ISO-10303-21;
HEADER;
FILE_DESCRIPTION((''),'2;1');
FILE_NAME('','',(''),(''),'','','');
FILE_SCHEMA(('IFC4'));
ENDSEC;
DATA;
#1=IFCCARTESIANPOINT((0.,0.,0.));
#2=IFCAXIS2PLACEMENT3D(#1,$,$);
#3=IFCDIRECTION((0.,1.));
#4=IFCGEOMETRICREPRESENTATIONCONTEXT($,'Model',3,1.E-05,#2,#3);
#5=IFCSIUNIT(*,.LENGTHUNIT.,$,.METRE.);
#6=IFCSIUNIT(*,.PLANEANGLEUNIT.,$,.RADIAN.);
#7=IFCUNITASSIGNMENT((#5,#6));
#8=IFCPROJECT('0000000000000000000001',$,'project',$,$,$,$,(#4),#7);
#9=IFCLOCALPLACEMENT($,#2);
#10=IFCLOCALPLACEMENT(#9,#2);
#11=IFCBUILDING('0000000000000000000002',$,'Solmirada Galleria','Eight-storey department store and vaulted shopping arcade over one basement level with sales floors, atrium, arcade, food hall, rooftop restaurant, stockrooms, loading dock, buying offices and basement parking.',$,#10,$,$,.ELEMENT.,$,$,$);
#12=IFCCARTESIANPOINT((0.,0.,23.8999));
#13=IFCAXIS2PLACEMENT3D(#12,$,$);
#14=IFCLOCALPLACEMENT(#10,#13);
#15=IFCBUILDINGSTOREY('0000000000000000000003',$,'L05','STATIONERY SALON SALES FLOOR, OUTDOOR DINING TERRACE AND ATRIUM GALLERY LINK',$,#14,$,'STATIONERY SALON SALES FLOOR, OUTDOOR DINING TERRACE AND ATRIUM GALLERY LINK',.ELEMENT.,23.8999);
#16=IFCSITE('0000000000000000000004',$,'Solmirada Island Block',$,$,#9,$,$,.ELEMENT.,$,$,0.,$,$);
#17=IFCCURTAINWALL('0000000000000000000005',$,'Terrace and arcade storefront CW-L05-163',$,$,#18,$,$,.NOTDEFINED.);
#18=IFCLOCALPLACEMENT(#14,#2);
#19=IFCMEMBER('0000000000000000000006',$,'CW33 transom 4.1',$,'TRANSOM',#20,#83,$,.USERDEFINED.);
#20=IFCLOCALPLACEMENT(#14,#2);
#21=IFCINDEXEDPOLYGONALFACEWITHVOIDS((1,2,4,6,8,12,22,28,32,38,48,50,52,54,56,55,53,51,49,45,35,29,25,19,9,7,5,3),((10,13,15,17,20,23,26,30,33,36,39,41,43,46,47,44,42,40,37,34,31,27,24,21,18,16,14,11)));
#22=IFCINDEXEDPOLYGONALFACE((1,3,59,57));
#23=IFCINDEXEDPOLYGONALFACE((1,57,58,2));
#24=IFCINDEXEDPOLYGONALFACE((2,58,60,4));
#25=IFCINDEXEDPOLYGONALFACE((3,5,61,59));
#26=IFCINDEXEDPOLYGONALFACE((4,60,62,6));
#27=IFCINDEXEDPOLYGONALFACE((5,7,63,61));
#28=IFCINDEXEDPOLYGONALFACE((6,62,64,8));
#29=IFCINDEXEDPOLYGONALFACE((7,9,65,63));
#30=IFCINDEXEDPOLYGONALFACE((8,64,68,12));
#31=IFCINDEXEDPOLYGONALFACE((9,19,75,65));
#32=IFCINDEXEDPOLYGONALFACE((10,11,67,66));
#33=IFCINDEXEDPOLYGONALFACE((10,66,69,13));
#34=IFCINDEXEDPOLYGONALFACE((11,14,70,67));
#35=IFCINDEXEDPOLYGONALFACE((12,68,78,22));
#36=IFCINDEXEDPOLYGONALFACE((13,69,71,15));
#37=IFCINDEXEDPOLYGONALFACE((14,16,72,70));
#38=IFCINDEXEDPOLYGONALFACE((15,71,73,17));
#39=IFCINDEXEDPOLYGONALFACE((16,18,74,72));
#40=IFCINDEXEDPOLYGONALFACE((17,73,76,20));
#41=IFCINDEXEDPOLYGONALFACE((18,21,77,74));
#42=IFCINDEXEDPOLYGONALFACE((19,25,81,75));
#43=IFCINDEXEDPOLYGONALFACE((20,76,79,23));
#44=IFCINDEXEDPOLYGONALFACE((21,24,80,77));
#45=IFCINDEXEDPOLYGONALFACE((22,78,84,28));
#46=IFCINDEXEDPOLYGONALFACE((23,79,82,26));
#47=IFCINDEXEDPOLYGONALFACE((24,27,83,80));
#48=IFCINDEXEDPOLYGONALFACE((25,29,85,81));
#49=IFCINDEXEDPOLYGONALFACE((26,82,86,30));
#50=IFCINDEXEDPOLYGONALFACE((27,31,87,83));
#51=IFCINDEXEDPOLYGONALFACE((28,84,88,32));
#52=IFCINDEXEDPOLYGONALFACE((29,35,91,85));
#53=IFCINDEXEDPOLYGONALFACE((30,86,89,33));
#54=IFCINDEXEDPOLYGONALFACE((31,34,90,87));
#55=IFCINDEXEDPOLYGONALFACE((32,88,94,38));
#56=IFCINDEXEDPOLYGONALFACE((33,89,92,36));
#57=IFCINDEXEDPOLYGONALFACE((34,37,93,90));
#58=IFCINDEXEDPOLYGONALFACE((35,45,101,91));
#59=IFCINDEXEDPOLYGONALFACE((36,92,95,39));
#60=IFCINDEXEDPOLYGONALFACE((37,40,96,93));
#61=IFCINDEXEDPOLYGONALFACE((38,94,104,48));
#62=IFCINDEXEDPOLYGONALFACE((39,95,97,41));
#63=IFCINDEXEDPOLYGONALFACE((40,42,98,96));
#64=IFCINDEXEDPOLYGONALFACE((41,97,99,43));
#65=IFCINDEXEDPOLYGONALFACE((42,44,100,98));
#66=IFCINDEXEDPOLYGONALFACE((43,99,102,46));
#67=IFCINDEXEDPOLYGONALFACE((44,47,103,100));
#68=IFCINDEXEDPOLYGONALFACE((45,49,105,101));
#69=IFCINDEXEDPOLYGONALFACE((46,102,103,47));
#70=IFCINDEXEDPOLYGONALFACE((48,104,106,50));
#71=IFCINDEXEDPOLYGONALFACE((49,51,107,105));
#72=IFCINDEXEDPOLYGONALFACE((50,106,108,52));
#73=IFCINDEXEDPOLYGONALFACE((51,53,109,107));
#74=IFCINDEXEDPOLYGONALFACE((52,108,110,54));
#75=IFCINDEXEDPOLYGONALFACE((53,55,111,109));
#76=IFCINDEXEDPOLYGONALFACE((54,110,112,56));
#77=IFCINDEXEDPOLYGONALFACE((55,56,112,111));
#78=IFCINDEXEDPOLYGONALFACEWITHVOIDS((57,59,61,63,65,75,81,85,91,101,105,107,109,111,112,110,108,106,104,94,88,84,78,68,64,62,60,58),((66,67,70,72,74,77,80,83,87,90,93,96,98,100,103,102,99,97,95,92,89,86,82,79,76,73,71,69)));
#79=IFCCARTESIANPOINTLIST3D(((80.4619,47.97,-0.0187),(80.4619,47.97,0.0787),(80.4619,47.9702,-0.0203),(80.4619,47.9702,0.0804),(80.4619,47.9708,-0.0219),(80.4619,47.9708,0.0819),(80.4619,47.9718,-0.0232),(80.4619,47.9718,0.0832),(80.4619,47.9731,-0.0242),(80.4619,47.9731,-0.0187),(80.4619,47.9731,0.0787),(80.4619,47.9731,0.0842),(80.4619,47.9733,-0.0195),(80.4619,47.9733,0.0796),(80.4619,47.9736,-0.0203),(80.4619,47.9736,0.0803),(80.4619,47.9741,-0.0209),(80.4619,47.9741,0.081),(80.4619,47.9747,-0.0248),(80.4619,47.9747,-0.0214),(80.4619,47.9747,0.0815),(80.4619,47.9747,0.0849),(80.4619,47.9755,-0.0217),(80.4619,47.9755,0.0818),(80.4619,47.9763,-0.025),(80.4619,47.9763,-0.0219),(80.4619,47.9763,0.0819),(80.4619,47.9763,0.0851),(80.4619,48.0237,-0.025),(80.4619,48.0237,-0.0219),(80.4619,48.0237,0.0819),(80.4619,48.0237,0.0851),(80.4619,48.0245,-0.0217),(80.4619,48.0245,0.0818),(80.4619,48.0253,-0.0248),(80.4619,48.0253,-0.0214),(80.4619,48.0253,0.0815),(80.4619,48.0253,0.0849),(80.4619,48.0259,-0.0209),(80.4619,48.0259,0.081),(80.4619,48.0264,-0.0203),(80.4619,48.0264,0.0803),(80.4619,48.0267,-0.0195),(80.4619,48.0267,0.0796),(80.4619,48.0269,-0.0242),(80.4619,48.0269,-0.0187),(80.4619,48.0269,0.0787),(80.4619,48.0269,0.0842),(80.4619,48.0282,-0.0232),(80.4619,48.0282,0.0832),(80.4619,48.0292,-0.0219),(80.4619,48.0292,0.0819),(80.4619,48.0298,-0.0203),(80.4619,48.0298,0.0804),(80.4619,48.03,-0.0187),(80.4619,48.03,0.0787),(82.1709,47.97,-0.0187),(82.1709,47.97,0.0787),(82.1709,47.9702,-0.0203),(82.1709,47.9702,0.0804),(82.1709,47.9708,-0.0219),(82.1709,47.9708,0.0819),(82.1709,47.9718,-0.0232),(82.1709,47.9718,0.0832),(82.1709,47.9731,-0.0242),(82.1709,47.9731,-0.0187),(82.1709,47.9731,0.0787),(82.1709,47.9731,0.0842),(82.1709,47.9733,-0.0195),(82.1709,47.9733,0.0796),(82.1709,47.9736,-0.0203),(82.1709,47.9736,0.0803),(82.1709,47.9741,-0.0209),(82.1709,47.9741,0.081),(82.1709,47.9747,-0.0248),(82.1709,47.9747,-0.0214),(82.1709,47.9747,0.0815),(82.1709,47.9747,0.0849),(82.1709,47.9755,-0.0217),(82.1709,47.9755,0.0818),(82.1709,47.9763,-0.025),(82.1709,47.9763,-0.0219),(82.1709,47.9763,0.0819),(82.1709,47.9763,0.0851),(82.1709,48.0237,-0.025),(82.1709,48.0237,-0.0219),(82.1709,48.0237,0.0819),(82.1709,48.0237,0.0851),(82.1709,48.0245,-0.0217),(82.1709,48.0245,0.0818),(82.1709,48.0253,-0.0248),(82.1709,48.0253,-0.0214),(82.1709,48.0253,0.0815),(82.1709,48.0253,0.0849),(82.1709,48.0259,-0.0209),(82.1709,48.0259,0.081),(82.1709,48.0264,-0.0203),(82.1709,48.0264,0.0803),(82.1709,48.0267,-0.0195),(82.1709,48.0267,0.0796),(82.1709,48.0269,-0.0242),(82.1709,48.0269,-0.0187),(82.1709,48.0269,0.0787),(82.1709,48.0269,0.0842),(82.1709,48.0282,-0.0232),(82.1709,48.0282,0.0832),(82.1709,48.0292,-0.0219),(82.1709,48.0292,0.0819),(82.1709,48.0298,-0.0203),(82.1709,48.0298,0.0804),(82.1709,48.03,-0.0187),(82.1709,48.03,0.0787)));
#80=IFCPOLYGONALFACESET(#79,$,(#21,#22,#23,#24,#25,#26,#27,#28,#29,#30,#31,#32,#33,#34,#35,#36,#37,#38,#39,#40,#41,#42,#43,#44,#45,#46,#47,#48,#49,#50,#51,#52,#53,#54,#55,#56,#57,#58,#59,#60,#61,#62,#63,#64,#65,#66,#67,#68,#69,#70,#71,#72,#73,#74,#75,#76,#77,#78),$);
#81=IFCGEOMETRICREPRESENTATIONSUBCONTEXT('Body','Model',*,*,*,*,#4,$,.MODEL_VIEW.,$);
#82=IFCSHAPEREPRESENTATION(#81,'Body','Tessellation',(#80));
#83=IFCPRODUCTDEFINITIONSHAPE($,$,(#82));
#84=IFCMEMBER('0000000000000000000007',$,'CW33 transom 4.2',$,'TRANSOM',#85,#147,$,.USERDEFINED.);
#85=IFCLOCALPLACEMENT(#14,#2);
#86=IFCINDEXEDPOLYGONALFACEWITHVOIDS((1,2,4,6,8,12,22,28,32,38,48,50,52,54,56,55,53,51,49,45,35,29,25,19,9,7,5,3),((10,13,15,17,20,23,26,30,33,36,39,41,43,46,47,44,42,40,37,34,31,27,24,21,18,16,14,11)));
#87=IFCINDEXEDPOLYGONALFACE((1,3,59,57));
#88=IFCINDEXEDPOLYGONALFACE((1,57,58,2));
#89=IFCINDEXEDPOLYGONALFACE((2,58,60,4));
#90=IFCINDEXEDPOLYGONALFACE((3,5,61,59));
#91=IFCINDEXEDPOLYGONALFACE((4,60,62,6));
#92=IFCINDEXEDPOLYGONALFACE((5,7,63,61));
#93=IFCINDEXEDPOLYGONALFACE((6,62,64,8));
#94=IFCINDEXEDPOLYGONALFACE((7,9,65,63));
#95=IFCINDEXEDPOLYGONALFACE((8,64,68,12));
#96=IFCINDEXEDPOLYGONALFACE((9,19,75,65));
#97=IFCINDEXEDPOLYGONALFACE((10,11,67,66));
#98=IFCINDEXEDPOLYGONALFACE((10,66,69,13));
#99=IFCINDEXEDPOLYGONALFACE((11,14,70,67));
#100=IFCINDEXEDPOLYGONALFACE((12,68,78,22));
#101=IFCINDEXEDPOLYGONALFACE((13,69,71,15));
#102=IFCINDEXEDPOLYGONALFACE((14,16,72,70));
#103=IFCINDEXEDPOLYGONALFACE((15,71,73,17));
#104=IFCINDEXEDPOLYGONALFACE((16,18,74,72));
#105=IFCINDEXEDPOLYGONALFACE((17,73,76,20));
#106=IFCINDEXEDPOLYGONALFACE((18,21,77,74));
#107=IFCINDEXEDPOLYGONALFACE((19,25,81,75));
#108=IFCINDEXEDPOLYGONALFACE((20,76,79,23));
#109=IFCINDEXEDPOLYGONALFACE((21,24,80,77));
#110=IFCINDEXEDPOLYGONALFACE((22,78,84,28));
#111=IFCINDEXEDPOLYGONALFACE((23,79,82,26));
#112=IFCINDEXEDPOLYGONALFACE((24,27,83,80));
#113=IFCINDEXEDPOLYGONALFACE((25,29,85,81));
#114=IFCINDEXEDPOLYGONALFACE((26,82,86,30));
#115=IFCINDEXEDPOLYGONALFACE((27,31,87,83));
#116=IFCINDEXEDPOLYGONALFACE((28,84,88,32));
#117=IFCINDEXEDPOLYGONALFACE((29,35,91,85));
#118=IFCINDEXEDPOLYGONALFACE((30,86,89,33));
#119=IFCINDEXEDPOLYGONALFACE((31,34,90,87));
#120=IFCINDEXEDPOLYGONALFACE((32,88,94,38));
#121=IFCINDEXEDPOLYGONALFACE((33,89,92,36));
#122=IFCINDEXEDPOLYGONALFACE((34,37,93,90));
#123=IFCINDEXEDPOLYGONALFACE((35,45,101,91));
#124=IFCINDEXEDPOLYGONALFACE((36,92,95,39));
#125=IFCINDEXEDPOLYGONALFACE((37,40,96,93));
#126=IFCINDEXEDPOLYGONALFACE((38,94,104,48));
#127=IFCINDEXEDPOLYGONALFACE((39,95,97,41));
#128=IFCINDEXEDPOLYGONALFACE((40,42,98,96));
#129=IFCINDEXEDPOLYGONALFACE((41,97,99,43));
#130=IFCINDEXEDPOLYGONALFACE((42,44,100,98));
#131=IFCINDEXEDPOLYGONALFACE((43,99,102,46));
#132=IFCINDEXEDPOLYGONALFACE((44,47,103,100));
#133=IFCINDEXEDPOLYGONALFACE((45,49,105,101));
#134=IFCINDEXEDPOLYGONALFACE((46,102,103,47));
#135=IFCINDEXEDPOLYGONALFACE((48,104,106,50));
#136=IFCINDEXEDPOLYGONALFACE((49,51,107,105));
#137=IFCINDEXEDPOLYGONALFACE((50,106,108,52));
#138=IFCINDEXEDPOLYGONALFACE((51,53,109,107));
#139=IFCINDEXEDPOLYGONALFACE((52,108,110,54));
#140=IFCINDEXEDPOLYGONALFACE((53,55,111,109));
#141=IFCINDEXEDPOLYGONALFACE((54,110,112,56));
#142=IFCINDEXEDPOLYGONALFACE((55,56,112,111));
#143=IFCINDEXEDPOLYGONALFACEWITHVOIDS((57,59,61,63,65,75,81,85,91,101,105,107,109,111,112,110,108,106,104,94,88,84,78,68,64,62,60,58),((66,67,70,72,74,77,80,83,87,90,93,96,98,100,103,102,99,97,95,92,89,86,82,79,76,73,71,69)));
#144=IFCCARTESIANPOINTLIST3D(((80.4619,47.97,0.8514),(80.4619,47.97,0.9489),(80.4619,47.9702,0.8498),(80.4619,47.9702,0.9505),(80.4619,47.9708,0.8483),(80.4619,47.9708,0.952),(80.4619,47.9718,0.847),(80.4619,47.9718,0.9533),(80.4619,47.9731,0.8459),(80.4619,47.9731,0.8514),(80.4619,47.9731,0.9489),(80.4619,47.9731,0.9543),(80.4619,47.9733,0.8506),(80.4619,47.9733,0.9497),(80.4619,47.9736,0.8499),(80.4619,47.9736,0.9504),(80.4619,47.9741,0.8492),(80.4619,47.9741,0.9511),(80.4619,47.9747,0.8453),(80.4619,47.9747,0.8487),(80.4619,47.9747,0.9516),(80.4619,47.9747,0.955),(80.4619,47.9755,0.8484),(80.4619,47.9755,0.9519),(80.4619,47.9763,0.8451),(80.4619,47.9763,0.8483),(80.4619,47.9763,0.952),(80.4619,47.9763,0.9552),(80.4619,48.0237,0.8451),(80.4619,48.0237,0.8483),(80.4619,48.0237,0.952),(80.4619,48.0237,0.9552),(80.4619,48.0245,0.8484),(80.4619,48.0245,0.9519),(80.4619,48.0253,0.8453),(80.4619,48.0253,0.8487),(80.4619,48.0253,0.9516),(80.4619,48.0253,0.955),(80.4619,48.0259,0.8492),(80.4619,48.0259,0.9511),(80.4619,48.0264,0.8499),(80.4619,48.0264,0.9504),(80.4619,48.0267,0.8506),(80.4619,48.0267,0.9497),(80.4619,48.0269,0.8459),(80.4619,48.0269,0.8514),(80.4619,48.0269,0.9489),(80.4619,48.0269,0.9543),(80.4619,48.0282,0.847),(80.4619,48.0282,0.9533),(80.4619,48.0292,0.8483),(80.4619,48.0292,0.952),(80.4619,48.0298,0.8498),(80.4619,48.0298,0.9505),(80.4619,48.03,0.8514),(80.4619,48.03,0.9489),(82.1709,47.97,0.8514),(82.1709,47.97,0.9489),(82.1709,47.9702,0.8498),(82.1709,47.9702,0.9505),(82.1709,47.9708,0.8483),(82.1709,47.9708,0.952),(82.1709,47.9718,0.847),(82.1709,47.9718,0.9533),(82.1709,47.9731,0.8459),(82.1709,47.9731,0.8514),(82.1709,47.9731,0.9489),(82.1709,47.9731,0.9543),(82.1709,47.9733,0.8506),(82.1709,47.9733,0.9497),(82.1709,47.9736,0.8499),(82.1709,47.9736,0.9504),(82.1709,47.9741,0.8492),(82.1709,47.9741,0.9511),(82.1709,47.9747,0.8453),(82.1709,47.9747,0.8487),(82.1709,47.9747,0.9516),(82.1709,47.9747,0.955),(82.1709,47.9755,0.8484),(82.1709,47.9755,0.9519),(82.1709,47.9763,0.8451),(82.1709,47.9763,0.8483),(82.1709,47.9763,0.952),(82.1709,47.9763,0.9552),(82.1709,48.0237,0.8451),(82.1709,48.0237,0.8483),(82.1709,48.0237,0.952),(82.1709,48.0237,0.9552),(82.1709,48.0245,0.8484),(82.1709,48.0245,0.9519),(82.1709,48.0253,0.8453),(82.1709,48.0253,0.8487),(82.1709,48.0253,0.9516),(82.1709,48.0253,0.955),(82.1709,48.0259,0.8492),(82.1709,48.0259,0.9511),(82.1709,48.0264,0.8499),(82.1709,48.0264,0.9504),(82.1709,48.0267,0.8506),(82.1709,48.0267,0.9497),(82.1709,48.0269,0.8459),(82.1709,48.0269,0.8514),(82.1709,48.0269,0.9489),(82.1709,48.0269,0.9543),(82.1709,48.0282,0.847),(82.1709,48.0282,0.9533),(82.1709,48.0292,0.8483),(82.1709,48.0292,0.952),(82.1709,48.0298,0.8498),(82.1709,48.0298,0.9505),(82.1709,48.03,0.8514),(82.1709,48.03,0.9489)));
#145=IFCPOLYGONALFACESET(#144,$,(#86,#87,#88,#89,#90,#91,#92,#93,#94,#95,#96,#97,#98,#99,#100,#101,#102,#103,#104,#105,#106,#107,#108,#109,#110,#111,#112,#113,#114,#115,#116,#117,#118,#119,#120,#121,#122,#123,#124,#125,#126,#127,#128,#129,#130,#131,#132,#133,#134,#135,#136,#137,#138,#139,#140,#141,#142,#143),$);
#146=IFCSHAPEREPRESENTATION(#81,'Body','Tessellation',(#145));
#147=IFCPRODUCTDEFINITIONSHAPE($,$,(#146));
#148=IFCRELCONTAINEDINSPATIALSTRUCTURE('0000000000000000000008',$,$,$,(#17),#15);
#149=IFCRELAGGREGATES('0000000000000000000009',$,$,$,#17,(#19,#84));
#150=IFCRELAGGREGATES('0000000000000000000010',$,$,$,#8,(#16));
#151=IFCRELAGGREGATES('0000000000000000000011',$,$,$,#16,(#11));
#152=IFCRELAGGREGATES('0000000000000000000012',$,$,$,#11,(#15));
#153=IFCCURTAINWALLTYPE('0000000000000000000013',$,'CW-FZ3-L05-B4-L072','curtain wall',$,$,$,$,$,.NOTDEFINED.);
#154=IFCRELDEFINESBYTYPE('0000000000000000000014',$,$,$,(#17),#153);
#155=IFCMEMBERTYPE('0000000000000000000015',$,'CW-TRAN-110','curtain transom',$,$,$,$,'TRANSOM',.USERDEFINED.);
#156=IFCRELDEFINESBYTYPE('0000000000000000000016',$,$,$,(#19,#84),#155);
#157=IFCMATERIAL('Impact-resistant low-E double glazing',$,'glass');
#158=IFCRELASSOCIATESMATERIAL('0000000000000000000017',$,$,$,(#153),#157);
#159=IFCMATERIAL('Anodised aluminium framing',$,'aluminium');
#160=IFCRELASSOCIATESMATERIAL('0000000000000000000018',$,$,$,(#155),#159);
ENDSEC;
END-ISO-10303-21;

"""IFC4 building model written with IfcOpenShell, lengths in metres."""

from ifc_helpers import new_model, si_unit, direction, frame, origin, origin_2d, place, context, subcontext, project, spatial, hollow_rectangle, extrude, material, material_profile, profile_set, type_object, element, aggregate, save


model = new_model("IFC4")

# Units and contexts
model_context = context("Model", 3, precision=1e-05, world=origin(), true_north=direction((0.0, 1.0)))
body_context = subcontext(model_context, "Body", "Model", "MODEL_VIEW")
ifc_project = project(units=[si_unit("LENGTHUNIT", "METRE"), si_unit("PLANEANGLEUNIT", "RADIAN")], contexts=[model_context])

# Site, building, storey
site_placement = place(None, origin())
site = spatial("IfcSite", under=ifc_project, at=site_placement, Name="Solmirada Island Block", CompositionType="ELEMENT", RefElevation=0.0)
building_placement = place(site_placement, origin())
building = spatial("IfcBuilding", under=site, at=building_placement, Name="Solmirada Galleria", Description="Eight-storey department store and vaulted shopping arcade over one basement level with sales floors, atrium, arcade, food hall, rooftop restaurant, stockrooms, loading dock, buying offices and basement parking.", CompositionType="ELEMENT")
storey_placement = place(building_placement, frame((0.0, 0.0, 23.8999)))
storey = spatial("IfcBuildingStorey", under=building, at=storey_placement, Name="L05", Description="STATIONERY SALON SALES FLOOR, OUTDOOR DINING TERRACE AND ATRIUM GALLERY LINK", LongName="STATIONERY SALON SALES FLOOR, OUTDOOR DINING TERRACE AND ATRIUM GALLERY LINK", CompositionType="ELEMENT", Elevation=23.8999)

# Curtain wall, members
ifc_material_1 = material(Name="Impact-resistant low-E double glazing", Category="glass")
curtain_wall_type = type_object("IfcCurtainWallType", Name="CW-FZ3-L05-B4-L072", Description="curtain wall", PredefinedType="NOTDEFINED", material=ifc_material_1)
curtain_wall_placement = place(storey_placement, origin())
curtain_wall = element("IfcCurtainWall", 1, at=curtain_wall_placement, inside=storey, type_object=curtain_wall_type, Name="Terrace and arcade storefront CW-L05-163", PredefinedType="NOTDEFINED")
ifc_material_2 = material(Name="Anodised aluminium framing", Category="aluminium")
ifc_material_profile_1 = material_profile(ifc_material_2, hollow_rectangle(XDim=0.0601, YDim=0.1101, WallThickness=0.0032, InnerFilletRadius=0.0032, OuterFilletRadius=0.0063, at=origin_2d()), Name="ALU-TRAN-110X60")
ifc_profile_set_1 = profile_set([ifc_material_profile_1], Name="Anodised aluminium framing")
member_type_1 = type_object("IfcMemberType", Name="CW-TRAN-110", Description="curtain transom", ElementType="TRANSOM", PredefinedType="USERDEFINED", material=ifc_profile_set_1)
member_1_placement = place(storey_placement, frame((82.1709, 48.0, 0.03), z_axis=(-1.0, 0.0, 0.0), x_axis=(0.0, -1.0, 0.0)))
member_1 = element("IfcMember", 2, at=member_1_placement, type_object=member_type_1, Name="CW33 transom 4.1", ObjectType="TRANSOM", PredefinedType="USERDEFINED", context=body_context, shape_type="SweptSolid", body=[
    extrude(hollow_rectangle(XDim=0.0601, YDim=0.1101, WallThickness=0.0032, InnerFilletRadius=0.0032, OuterFilletRadius=0.0063, at=origin_2d()), origin(), (0.0, 0.0, 1.0), 1.709),
])
member_2_placement = place(storey_placement, frame((82.1709, 48.0, 0.9001), z_axis=(-1.0, 0.0, 0.0), x_axis=(0.0, -1.0, 0.0)))
member_2 = element("IfcMember", 3, at=member_2_placement, type_object=member_type_1, Name="CW33 transom 4.2", ObjectType="TRANSOM", PredefinedType="USERDEFINED", context=body_context, shape_type="SweptSolid", body=[
    extrude(hollow_rectangle(XDim=0.0601, YDim=0.1101, WallThickness=0.0032, InnerFilletRadius=0.0032, OuterFilletRadius=0.0063, at=origin_2d()), origin(), (0.0, 0.0, 1.0), 1.709),
])
aggregate(curtain_wall, [member_1, member_2])

save(model, "model.ifc")
